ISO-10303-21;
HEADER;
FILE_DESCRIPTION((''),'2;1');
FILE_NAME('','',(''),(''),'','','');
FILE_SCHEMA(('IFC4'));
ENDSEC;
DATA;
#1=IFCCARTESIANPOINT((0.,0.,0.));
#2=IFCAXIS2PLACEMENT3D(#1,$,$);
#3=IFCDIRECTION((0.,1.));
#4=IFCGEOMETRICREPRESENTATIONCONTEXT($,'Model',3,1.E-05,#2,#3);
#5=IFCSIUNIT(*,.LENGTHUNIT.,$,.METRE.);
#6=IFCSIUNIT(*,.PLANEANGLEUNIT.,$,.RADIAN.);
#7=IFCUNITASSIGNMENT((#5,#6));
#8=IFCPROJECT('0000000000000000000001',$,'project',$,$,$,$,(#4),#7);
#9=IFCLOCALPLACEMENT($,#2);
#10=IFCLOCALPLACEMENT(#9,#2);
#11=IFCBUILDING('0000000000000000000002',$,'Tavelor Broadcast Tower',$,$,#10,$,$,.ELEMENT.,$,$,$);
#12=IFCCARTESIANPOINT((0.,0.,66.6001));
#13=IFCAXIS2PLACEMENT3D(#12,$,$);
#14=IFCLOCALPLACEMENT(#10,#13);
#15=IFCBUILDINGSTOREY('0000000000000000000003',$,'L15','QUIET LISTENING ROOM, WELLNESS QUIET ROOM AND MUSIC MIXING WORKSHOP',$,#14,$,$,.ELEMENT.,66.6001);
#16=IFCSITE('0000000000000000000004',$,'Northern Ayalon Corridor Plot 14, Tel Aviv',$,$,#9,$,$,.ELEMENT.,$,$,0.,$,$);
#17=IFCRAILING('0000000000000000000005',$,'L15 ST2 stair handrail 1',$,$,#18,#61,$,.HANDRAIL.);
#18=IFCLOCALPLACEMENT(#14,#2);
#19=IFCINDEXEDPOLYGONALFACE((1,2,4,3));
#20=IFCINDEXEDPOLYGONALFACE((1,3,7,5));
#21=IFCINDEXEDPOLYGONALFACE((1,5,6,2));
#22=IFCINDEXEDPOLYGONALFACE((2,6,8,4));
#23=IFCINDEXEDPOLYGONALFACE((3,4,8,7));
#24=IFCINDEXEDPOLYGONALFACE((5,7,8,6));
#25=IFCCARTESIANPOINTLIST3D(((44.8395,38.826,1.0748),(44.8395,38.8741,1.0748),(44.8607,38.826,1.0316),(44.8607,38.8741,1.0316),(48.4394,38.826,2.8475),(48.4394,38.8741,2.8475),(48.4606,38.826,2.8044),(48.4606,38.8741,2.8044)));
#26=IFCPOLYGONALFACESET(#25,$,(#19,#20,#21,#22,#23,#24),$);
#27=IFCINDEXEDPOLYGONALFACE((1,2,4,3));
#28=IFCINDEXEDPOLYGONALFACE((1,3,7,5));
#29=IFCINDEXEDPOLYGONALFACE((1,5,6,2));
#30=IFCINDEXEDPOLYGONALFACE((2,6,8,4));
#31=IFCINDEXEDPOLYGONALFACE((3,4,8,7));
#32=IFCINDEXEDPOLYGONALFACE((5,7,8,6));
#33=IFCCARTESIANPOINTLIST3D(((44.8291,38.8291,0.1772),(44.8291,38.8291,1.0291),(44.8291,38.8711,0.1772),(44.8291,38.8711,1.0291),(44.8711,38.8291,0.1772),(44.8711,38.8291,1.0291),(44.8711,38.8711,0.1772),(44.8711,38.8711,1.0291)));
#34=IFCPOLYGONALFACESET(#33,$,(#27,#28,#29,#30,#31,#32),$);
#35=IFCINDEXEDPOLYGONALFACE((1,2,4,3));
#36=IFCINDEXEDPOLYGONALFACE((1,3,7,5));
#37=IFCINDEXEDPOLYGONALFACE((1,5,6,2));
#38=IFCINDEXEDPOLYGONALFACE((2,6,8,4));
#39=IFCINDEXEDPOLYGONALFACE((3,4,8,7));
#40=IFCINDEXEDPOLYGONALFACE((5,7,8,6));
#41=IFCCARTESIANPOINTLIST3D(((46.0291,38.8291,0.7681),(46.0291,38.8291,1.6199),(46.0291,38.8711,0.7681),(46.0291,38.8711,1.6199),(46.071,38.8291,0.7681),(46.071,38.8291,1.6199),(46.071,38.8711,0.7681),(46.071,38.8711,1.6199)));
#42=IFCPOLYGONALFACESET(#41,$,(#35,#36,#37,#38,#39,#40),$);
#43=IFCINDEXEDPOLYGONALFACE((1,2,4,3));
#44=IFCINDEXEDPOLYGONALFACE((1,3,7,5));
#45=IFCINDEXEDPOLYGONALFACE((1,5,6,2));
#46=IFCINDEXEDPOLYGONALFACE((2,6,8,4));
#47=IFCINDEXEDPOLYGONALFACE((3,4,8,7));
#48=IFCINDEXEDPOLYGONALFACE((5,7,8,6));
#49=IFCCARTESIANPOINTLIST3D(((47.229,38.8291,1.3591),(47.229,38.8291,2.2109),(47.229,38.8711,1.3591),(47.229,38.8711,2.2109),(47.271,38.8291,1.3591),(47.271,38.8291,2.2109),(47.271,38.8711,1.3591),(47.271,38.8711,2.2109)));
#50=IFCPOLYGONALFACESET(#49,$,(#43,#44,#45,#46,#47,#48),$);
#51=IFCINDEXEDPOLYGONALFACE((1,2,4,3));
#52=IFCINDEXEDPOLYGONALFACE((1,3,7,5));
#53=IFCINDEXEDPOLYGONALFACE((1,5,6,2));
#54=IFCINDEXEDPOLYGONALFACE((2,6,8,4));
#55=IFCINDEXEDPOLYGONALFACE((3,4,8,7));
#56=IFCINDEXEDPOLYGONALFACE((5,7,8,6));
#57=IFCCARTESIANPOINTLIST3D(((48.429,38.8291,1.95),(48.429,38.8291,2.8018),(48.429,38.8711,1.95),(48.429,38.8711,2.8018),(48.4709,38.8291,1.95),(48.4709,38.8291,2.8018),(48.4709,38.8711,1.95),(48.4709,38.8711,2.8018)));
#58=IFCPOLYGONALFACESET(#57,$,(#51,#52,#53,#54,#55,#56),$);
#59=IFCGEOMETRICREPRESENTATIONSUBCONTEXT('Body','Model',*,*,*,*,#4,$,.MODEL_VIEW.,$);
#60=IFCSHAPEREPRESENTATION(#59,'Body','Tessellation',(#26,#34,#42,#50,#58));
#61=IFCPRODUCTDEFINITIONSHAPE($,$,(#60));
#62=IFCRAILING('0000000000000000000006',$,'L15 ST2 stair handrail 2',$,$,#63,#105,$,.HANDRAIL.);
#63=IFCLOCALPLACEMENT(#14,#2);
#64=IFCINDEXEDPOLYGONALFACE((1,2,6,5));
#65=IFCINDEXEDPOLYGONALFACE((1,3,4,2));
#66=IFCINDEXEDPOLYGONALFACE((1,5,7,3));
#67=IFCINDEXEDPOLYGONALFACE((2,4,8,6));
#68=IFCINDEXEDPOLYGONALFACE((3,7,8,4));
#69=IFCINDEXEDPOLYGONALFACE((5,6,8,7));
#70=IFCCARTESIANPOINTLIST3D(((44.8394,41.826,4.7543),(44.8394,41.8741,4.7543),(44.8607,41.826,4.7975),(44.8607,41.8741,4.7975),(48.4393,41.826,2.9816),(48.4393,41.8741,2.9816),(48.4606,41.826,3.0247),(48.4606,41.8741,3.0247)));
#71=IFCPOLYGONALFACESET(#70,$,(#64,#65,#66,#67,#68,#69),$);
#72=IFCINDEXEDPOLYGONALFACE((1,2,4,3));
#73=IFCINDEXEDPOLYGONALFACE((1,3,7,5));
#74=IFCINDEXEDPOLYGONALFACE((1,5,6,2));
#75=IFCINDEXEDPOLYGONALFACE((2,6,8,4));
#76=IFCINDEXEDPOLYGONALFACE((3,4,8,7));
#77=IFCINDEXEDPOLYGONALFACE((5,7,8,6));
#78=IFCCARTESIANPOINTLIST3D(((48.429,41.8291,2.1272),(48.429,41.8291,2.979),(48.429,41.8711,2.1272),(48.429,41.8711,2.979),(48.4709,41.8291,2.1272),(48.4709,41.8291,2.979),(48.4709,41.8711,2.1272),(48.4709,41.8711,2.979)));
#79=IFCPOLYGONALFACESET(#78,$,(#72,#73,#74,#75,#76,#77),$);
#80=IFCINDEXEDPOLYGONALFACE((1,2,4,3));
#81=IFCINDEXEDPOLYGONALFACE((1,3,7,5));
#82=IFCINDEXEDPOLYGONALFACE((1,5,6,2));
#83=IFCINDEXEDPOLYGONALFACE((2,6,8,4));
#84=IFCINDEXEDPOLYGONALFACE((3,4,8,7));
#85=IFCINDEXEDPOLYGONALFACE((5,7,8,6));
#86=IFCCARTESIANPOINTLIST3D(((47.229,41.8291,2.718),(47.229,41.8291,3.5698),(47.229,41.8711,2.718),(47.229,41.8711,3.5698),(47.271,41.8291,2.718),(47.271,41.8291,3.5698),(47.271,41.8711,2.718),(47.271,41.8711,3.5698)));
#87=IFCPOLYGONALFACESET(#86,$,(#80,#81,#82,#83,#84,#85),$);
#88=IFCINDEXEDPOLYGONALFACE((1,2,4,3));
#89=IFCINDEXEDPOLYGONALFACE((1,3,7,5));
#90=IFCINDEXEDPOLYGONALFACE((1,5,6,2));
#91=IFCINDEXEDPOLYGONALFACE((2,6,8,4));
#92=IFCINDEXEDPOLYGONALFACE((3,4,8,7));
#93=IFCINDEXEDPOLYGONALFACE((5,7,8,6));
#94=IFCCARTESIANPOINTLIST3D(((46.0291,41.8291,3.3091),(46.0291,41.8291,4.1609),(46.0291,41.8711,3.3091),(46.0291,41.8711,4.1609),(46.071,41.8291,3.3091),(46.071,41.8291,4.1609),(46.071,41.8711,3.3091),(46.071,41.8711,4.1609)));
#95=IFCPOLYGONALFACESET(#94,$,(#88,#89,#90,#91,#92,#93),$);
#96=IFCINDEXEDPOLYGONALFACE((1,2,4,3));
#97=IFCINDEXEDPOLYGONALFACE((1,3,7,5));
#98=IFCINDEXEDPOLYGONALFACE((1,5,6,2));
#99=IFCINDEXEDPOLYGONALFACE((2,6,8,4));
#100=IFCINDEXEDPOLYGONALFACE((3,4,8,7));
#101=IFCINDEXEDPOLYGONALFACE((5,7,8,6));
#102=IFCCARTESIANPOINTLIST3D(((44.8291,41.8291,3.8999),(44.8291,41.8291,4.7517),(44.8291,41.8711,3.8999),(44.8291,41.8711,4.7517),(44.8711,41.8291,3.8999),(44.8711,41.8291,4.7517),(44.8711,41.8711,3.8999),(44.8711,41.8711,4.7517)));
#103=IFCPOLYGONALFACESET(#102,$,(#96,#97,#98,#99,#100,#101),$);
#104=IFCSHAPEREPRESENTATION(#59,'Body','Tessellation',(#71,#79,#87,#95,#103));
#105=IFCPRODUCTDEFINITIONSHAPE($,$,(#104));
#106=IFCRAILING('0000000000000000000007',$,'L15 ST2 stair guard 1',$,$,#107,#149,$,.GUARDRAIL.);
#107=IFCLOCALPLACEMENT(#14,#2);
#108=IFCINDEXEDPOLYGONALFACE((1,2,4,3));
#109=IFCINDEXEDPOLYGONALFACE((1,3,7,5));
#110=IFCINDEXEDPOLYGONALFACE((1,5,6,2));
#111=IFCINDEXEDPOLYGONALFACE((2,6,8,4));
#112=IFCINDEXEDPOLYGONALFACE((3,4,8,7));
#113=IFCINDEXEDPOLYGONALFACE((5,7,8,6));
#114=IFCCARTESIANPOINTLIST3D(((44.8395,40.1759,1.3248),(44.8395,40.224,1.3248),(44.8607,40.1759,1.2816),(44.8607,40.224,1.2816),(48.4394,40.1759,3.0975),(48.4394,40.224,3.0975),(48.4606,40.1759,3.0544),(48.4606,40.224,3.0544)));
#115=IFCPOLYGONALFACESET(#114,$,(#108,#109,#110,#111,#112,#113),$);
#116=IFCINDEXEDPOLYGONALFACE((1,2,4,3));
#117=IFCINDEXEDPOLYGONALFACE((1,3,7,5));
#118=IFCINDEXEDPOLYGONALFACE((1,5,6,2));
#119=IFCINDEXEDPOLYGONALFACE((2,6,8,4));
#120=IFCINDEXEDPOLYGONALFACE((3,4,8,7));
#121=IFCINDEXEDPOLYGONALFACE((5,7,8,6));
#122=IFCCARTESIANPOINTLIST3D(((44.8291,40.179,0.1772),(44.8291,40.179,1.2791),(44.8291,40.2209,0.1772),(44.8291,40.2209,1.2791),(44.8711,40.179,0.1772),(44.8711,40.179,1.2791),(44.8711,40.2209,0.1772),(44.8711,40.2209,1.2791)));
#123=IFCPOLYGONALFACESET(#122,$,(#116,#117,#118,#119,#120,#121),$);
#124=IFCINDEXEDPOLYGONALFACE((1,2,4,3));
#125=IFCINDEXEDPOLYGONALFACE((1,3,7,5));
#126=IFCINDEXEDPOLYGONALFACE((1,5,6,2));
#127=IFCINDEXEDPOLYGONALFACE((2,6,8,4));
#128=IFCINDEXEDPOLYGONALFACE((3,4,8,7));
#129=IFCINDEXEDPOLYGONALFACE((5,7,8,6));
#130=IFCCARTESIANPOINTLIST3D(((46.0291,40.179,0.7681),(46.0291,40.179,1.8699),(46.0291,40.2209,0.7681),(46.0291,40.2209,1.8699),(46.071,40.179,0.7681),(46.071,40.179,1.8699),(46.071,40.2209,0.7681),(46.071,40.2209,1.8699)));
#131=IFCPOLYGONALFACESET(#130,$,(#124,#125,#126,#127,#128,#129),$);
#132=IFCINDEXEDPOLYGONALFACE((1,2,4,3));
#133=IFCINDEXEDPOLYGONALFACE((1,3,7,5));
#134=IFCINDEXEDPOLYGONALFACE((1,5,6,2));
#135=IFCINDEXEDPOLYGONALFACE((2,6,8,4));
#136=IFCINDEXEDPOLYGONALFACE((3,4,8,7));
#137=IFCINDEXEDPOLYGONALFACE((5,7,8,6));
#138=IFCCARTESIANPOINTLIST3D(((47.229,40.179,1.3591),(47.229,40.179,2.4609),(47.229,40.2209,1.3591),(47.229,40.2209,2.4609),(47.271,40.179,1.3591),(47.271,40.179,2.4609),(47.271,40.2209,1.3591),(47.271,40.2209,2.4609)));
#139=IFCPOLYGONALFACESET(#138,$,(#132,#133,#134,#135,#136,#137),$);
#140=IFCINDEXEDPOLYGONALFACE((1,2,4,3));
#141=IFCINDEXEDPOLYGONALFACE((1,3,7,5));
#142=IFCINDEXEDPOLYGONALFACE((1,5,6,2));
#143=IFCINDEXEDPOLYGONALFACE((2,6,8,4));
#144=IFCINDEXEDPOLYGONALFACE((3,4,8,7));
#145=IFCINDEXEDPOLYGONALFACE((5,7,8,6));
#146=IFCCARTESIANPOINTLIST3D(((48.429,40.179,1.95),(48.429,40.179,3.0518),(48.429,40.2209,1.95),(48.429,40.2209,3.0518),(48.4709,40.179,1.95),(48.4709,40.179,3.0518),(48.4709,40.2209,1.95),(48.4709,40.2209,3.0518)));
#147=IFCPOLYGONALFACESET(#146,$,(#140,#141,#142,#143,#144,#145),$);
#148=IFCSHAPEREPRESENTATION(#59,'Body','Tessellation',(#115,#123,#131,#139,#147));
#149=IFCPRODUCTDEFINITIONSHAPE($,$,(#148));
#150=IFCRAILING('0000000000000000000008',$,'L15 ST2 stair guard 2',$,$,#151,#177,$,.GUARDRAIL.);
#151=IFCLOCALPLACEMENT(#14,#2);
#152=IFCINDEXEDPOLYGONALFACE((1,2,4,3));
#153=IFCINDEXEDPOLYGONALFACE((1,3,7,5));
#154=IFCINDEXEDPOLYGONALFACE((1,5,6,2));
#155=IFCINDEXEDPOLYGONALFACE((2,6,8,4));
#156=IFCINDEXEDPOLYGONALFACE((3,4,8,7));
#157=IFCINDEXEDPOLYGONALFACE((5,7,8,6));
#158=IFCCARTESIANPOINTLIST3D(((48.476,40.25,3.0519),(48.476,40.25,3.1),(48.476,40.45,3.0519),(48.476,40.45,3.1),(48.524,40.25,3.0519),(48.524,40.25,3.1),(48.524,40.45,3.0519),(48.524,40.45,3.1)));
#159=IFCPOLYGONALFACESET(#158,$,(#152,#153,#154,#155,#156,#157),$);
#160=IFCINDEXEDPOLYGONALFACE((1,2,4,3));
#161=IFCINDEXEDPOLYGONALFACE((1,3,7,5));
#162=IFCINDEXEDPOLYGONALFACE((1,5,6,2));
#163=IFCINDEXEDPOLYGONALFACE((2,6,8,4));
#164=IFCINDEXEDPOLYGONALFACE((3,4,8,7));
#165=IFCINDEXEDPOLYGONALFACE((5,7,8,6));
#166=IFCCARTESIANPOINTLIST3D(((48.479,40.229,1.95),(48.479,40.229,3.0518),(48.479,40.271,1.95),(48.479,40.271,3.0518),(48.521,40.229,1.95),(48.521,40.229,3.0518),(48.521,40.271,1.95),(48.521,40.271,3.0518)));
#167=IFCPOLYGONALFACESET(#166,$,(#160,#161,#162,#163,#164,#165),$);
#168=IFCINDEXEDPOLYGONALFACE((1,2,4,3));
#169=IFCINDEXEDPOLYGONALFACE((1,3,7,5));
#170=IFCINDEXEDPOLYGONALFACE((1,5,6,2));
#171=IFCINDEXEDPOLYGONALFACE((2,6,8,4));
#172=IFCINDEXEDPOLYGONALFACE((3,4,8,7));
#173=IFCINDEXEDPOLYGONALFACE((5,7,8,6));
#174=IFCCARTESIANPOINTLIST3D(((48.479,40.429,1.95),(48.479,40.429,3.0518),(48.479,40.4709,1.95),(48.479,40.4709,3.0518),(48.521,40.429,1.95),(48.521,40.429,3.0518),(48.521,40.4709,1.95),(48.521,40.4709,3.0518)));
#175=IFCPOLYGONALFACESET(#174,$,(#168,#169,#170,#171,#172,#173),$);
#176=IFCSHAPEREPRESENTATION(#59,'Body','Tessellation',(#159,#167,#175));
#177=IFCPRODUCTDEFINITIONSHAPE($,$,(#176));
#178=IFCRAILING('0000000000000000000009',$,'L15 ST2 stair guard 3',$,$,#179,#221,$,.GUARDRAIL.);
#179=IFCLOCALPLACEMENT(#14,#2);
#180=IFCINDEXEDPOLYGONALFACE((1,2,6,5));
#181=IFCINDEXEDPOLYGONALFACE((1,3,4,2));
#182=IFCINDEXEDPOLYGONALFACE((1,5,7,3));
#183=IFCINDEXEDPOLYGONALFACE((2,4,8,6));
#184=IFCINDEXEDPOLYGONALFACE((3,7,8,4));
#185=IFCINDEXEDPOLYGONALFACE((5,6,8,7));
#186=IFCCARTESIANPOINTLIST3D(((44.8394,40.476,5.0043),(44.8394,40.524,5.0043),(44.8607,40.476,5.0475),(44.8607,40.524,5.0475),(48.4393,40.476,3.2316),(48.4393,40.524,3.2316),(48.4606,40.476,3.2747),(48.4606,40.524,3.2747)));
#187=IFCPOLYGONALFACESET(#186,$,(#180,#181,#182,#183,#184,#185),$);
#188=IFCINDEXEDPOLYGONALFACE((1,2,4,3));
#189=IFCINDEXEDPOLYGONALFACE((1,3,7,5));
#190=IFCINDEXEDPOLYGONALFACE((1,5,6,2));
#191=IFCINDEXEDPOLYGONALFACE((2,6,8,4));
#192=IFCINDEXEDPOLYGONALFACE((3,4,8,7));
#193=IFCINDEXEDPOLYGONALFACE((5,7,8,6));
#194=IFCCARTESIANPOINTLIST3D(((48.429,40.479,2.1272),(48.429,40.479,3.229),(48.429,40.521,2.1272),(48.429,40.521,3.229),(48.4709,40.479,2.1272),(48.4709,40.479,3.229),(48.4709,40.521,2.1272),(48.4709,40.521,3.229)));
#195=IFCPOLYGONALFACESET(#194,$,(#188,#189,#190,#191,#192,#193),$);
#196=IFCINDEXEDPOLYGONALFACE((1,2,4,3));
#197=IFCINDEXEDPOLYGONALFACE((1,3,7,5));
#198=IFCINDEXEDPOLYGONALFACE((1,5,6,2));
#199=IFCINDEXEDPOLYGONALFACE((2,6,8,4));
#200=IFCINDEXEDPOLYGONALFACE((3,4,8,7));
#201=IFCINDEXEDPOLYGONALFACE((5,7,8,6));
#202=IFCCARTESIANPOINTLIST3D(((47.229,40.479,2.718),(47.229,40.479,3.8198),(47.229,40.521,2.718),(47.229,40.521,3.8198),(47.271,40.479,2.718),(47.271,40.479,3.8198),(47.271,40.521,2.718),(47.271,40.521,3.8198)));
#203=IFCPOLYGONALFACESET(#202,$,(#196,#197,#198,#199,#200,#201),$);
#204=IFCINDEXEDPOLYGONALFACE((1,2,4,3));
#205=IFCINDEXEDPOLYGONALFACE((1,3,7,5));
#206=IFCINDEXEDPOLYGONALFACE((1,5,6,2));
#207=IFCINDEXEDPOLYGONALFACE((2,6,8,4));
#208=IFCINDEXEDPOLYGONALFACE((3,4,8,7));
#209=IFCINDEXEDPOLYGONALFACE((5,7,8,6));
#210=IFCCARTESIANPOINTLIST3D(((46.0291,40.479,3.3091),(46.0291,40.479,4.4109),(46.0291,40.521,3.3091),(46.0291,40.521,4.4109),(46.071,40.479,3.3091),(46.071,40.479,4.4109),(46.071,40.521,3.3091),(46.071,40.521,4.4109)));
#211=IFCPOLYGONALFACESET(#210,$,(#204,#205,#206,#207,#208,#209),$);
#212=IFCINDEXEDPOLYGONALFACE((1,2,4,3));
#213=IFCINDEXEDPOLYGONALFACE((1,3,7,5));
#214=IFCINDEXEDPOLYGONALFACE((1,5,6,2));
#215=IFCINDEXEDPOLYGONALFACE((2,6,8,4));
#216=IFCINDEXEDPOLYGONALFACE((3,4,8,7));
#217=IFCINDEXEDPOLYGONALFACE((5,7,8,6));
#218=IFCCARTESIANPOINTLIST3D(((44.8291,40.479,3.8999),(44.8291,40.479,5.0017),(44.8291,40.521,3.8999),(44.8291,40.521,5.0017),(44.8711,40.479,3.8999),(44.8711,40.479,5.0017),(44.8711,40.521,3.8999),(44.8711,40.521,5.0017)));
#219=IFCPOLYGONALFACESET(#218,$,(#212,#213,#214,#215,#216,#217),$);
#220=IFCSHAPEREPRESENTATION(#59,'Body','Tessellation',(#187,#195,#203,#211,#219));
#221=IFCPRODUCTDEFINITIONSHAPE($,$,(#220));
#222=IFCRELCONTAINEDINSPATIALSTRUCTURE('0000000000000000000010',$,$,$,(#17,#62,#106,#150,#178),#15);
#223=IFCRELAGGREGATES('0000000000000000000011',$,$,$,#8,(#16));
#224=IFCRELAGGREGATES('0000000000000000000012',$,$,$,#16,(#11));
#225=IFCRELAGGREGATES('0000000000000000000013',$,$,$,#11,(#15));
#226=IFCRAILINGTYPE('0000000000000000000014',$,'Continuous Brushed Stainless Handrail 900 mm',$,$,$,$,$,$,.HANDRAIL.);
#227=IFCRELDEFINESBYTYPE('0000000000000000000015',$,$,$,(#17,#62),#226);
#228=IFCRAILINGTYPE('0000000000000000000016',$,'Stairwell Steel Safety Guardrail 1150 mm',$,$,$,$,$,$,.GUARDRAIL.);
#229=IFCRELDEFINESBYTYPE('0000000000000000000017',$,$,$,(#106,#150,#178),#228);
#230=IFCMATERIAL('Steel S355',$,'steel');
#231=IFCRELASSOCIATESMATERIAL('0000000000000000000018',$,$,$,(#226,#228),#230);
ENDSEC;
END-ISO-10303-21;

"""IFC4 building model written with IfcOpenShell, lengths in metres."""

from ifc_helpers import new_model, si_unit, direction, frame, origin, origin_2d, place, context, subcontext, project, spatial, rectangle, extrude, material, type_object, element, save


model = new_model("IFC4")

# Units and contexts
model_context = context("Model", 3, precision=1e-05, world=origin(), true_north=direction((0.0, 1.0)))
body_context = subcontext(model_context, "Body", "Model", "MODEL_VIEW")
ifc_project = project(units=[si_unit("LENGTHUNIT", "METRE"), si_unit("PLANEANGLEUNIT", "RADIAN")], contexts=[model_context])

# Site, building, storey
site_placement = place(None, origin())
site = spatial("IfcSite", under=ifc_project, at=site_placement, Name="Northern Ayalon Corridor Plot 14, Tel Aviv", CompositionType="ELEMENT", RefElevation=0.0)
building_placement = place(site_placement, origin())
building = spatial("IfcBuilding", under=site, at=building_placement, Name="Tavelor Broadcast Tower", CompositionType="ELEMENT")
storey_placement = place(building_placement, frame((0.0, 0.0, 66.6001)))
storey = spatial("IfcBuildingStorey", under=building, at=storey_placement, Name="L15", Description="QUIET LISTENING ROOM, WELLNESS QUIET ROOM AND MUSIC MIXING WORKSHOP", CompositionType="ELEMENT", Elevation=66.6001)

# Shared definitions
ifc_material_1 = material(Name="Steel S355", Category="steel")

# Railings
railing_type_1 = type_object("IfcRailingType", Name="Continuous Brushed Stainless Handrail 900 mm", PredefinedType="HANDRAIL", material=ifc_material_1)
railing_1_placement = place(storey_placement, frame((44.8501, 38.8501, 0.1772)))
element("IfcRailing", 1, at=railing_1_placement, inside=storey, type_object=railing_type_1, Name="L15 ST2 stair handrail 1", PredefinedType="HANDRAIL", context=body_context, shape_type="SweptSolid", body=[
    extrude(rectangle(XDim=0.0481, YDim=0.0481, at=origin_2d()), frame((0.0, 0.0, 0.876), z_axis=(0.897124, 0.0, 0.441778), x_axis=(0.0, 1.0, 0.0)), (0.0, 0.0, 1.0), 4.0127),
    extrude(rectangle(XDim=0.042, YDim=0.042, at=origin_2d()), origin(), (0.0, 0.0, 1.0), 0.8518),
    extrude(rectangle(XDim=0.042, YDim=0.042, at=origin_2d()), frame((1.2, 0.0, 0.5908)), (0.0, 0.0, 1.0), 0.8518),
    extrude(rectangle(XDim=0.042, YDim=0.042, at=origin_2d()), frame((2.3999, 0.0, 1.1819)), (0.0, 0.0, 1.0), 0.8518),
    extrude(rectangle(XDim=0.042, YDim=0.042, at=origin_2d()), frame((3.5999, 0.0, 1.7727)), (0.0, 0.0, 1.0), 0.8518),
])
railing_2_placement = place(storey_placement, frame((48.45, 41.8501, 2.1272)))
element("IfcRailing", 2, at=railing_2_placement, inside=storey, type_object=railing_type_1, Name="L15 ST2 stair handrail 2", PredefinedType="HANDRAIL", context=body_context, shape_type="SweptSolid", body=[
    extrude(rectangle(XDim=0.0481, YDim=0.0481, at=origin_2d()), frame((0.0, 0.0, 0.876), z_axis=(-0.897124, 0.0, 0.441778), x_axis=(0.0, -1.0, 0.0)), (0.0, 0.0, 1.0), 4.0127),
    extrude(rectangle(XDim=0.042, YDim=0.042, at=origin_2d()), origin(), (0.0, 0.0, 1.0), 0.8518),
    extrude(rectangle(XDim=0.042, YDim=0.042, at=origin_2d()), frame((-1.2, 0.0, 0.5908)), (0.0, 0.0, 1.0), 0.8518),
    extrude(rectangle(XDim=0.042, YDim=0.042, at=origin_2d()), frame((-2.3999, 0.0, 1.1819)), (0.0, 0.0, 1.0), 0.8518),
    extrude(rectangle(XDim=0.042, YDim=0.042, at=origin_2d()), frame((-3.5999, 0.0, 1.7727)), (0.0, 0.0, 1.0), 0.8518),
])
railing_type_2 = type_object("IfcRailingType", Name="Stairwell Steel Safety Guardrail 1150 mm", PredefinedType="GUARDRAIL", material=ifc_material_1)
railing_3_placement = place(storey_placement, frame((44.8501, 40.2, 0.1772)))
element("IfcRailing", 3, at=railing_3_placement, inside=storey, type_object=railing_type_2, Name="L15 ST2 stair guard 1", PredefinedType="GUARDRAIL", context=body_context, shape_type="SweptSolid", body=[
    extrude(rectangle(XDim=0.0481, YDim=0.0481, at=origin_2d()), frame((0.0, 0.0, 1.126), z_axis=(0.897124, 0.0, 0.441778), x_axis=(0.0, 1.0, 0.0)), (0.0, 0.0, 1.0), 4.0127),
    extrude(rectangle(XDim=0.042, YDim=0.042, at=origin_2d()), origin(), (0.0, 0.0, 1.0), 1.1018),
    extrude(rectangle(XDim=0.042, YDim=0.042, at=origin_2d()), frame((1.2, 0.0, 0.5908)), (0.0, 0.0, 1.0), 1.1018),
    extrude(rectangle(XDim=0.042, YDim=0.042, at=origin_2d()), frame((2.3999, 0.0, 1.1819)), (0.0, 0.0, 1.0), 1.1018),
    extrude(rectangle(XDim=0.042, YDim=0.042, at=origin_2d()), frame((3.5999, 0.0, 1.7727)), (0.0, 0.0, 1.0), 1.1018),
])
railing_4_placement = place(storey_placement, frame((48.5, 40.25, 1.95)))
element("IfcRailing", 4, at=railing_4_placement, inside=storey, type_object=railing_type_2, Name="L15 ST2 stair guard 2", PredefinedType="GUARDRAIL", context=body_context, shape_type="SweptSolid", body=[
    extrude(rectangle(XDim=0.0481, YDim=0.0481, at=origin_2d()), frame((0.0, 0.0, 1.126), z_axis=(0.0, 1.0, 0.0), x_axis=(-1.0, 0.0, 0.0)), (0.0, 0.0, 1.0), 0.2),
    extrude(rectangle(XDim=0.042, YDim=0.042, at=origin_2d()), origin(), (0.0, 0.0, 1.0), 1.1018),
    extrude(rectangle(XDim=0.042, YDim=0.042, at=origin_2d()), frame((0.0, 0.2, 0.0)), (0.0, 0.0, 1.0), 1.1018),
])
railing_5_placement = place(storey_placement, frame((48.45, 40.5, 2.1272)))
element("IfcRailing", 5, at=railing_5_placement, inside=storey, type_object=railing_type_2, Name="L15 ST2 stair guard 3", PredefinedType="GUARDRAIL", context=body_context, shape_type="SweptSolid", body=[
    extrude(rectangle(XDim=0.0481, YDim=0.0481, at=origin_2d()), frame((0.0, 0.0, 1.126), z_axis=(-0.897124, 0.0, 0.441778), x_axis=(0.0, -1.0, 0.0)), (0.0, 0.0, 1.0), 4.0127),
    extrude(rectangle(XDim=0.042, YDim=0.042, at=origin_2d()), origin(), (0.0, 0.0, 1.0), 1.1018),
    extrude(rectangle(XDim=0.042, YDim=0.042, at=origin_2d()), frame((-1.2, 0.0, 0.5908)), (0.0, 0.0, 1.0), 1.1018),
    extrude(rectangle(XDim=0.042, YDim=0.042, at=origin_2d()), frame((-2.3999, 0.0, 1.1819)), (0.0, 0.0, 1.0), 1.1018),
    extrude(rectangle(XDim=0.042, YDim=0.042, at=origin_2d()), frame((-3.5999, 0.0, 1.7727)), (0.0, 0.0, 1.0), 1.1018),
])

save(model, "model.ifc")
